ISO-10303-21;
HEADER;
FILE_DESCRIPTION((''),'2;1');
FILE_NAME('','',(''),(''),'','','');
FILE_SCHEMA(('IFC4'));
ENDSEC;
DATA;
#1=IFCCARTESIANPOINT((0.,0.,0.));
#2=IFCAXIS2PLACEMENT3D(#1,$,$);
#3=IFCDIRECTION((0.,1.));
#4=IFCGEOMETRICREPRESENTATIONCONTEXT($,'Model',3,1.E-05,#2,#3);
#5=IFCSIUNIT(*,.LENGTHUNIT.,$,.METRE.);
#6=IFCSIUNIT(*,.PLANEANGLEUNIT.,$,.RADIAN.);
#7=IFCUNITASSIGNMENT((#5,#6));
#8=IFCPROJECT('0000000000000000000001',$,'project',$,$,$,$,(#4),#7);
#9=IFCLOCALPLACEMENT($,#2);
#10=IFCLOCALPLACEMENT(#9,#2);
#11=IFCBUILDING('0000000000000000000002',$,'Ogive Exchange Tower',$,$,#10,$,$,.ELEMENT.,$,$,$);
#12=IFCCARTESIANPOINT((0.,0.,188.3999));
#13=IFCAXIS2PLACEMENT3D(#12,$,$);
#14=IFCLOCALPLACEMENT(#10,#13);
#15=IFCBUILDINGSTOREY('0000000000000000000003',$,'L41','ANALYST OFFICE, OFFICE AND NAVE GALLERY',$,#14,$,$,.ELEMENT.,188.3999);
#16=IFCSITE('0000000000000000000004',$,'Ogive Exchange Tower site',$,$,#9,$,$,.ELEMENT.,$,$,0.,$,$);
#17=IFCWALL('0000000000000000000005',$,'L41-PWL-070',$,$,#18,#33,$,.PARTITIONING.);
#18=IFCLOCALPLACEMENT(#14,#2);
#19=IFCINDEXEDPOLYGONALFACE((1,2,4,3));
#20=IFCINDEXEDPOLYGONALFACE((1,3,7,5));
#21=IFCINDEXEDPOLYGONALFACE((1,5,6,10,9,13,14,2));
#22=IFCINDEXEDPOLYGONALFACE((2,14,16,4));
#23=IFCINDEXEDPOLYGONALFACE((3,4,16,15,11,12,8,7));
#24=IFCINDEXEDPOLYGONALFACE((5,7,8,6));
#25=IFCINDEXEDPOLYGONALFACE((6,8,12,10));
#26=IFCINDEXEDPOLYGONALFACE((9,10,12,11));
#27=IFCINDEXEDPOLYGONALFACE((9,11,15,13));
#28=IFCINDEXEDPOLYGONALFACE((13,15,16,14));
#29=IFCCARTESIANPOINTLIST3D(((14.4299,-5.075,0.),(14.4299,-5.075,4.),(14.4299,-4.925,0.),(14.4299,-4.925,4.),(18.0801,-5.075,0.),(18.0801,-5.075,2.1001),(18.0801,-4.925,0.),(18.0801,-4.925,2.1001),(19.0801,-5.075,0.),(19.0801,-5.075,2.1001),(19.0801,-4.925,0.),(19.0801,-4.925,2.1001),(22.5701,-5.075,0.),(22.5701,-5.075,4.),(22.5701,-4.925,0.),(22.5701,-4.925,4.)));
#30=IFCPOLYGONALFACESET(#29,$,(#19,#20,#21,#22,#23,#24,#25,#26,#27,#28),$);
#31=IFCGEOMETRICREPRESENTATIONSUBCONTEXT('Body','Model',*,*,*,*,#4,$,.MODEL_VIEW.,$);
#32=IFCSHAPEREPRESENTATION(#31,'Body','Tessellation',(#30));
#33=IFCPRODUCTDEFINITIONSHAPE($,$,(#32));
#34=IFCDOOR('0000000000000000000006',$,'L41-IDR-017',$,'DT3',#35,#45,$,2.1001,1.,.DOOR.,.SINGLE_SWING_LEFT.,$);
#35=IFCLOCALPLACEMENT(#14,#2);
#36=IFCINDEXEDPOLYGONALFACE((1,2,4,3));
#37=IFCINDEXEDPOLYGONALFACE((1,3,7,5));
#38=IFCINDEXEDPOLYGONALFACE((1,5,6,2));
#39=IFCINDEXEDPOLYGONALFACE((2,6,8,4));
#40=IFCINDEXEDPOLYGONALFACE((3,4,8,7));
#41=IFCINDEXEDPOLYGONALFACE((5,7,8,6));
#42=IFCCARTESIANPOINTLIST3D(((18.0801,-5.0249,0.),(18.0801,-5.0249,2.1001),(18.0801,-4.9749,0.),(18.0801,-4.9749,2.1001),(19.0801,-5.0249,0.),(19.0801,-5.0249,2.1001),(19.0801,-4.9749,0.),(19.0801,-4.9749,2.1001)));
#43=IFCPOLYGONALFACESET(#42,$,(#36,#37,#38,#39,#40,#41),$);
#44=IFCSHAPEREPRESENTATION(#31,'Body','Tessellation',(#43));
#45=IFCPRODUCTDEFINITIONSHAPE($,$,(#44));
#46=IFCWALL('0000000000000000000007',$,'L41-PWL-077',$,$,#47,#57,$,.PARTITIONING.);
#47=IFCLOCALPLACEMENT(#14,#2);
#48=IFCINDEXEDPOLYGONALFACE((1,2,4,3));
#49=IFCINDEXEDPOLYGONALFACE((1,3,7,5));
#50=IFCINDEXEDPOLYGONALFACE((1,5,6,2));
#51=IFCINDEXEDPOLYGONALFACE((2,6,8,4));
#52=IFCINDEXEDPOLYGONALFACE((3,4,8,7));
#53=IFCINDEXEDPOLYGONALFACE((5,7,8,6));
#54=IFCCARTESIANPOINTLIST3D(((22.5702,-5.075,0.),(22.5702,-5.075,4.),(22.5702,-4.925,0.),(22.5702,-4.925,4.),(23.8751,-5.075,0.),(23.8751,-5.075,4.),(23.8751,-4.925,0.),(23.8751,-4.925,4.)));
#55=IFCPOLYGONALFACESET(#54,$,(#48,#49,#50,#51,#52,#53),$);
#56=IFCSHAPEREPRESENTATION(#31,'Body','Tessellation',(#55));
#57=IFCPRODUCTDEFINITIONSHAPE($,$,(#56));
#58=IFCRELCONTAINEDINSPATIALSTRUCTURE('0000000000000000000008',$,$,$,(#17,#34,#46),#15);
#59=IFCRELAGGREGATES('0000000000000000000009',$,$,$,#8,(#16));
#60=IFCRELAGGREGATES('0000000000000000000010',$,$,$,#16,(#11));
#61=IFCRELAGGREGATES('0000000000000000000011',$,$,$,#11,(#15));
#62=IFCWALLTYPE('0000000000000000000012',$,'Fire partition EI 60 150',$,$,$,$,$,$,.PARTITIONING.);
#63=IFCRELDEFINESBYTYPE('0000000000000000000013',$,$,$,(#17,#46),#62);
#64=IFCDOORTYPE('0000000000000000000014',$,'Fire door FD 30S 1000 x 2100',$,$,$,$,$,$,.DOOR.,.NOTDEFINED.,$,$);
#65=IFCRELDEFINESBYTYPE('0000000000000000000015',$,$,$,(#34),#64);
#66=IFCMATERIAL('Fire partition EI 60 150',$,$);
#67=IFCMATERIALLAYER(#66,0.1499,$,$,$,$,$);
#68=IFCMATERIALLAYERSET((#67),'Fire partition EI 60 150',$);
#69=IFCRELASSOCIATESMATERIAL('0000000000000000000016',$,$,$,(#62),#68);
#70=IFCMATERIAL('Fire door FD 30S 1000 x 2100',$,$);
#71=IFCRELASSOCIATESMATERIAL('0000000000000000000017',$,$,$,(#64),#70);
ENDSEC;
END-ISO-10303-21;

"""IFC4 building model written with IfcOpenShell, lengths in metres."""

from ifc_helpers import new_model, si_unit, direction, frame, frame_2d, origin, place, context, subcontext, project, spatial, rectangle, extrude, material, layer, layer_set, type_object, element, fill, save


model = new_model("IFC4")

# Units and contexts
model_context = context("Model", 3, precision=1e-05, world=origin(), true_north=direction((0.0, 1.0)))
body_context = subcontext(model_context, "Body", "Model", "MODEL_VIEW")
ifc_project = project(units=[si_unit("LENGTHUNIT", "METRE"), si_unit("PLANEANGLEUNIT", "RADIAN")], contexts=[model_context])

# Site, building, storey
site_placement = place(None, origin())
site = spatial("IfcSite", under=ifc_project, at=site_placement, Name="Ogive Exchange Tower site", CompositionType="ELEMENT", RefElevation=0.0)
building_placement = place(site_placement, origin())
building = spatial("IfcBuilding", under=site, at=building_placement, Name="Ogive Exchange Tower", CompositionType="ELEMENT")
storey_placement = place(building_placement, frame((0.0, 0.0, 188.3999)))
storey = spatial("IfcBuildingStorey", under=building, at=storey_placement, Name="L41", Description="ANALYST OFFICE, OFFICE AND NAVE GALLERY", CompositionType="ELEMENT", Elevation=188.3999)

# Wall, opening, door
ifc_material_1 = material(Name="Fire partition EI 60 150")
ifc_layer_1 = layer(ifc_material_1, 0.1499)
ifc_layer_set_1 = layer_set([ifc_layer_1], Name="Fire partition EI 60 150")
wall_type_1 = type_object("IfcWallType", Name="Fire partition EI 60 150", PredefinedType="PARTITIONING", material=ifc_layer_set_1)
wall_1_placement = place(storey_placement, frame((22.5701, -5.0, 0.0), z_axis=(0.0, 0.0, 1.0), x_axis=(-1.0, 0.0, 0.0)))
wall_1 = element("IfcWall", 1, at=wall_1_placement, inside=storey, type_object=wall_type_1, Name="L41-PWL-070", PredefinedType="PARTITIONING", context=body_context, shape_type="SweptSolid", body=[
    extrude(rectangle(XDim=8.1401, YDim=0.1499, at=frame_2d((4.0701, 0.0))), origin(), (0.0, 0.0, 1.0), 4.0),
])
opening_1_placement = place(wall_1_placement, frame((3.49, 0.0, 0.0)))
opening_1 = element("IfcOpeningElement", 2, at=opening_1_placement, cuts=wall_1, PredefinedType="OPENING", context=body_context, shape_type="SweptSolid", body=[
    extrude(rectangle(XDim=1.0, YDim=2.1001, at=frame_2d((0.5, 1.05))), frame((0.0, 0.085, 0.0), z_axis=(0.0, -1.0, 0.0), x_axis=(1.0, 0.0, 0.0)), (0.0, 0.0, 1.0), 0.1699),
])
ifc_material_2 = material(Name="Fire door FD 30S 1000 x 2100")
door_type_1 = type_object("IfcDoorType", Name="Fire door FD 30S 1000 x 2100", OperationType="NOTDEFINED", PredefinedType="DOOR", material=ifc_material_2)
door_1_placement = place(opening_1_placement, origin())
door_1 = element("IfcDoor", 3, at=door_1_placement, inside=storey, type_object=door_type_1, Name="L41-IDR-017", ObjectType="DT3", OperationType="SINGLE_SWING_LEFT", OverallHeight=2.1001, OverallWidth=1.0, PredefinedType="DOOR", context=body_context, shape_type="SweptSolid", body=[
    extrude(rectangle(XDim=1.0, YDim=2.1001, at=frame_2d((0.5, 1.05))), frame((0.0, 0.0249, 0.0), z_axis=(0.0, -1.0, 0.0), x_axis=(1.0, 0.0, 0.0)), (0.0, 0.0, 1.0), 0.05),
])
fill(opening_1, door_1)

# Wall
wall_2_placement = place(storey_placement, frame((23.875, -5.0, 0.0), z_axis=(0.0, 0.0, 1.0), x_axis=(-1.0, 0.0, 0.0)))
element("IfcWall", 4, at=wall_2_placement, inside=storey, type_object=wall_type_1, Name="L41-PWL-077", PredefinedType="PARTITIONING", context=body_context, shape_type="SweptSolid", body=[
    extrude(rectangle(XDim=1.3049, YDim=0.1499, at=frame_2d((0.6523, 0.0))), origin(), (0.0, 0.0, 1.0), 4.0),
])

save(model, "model.ifc")
